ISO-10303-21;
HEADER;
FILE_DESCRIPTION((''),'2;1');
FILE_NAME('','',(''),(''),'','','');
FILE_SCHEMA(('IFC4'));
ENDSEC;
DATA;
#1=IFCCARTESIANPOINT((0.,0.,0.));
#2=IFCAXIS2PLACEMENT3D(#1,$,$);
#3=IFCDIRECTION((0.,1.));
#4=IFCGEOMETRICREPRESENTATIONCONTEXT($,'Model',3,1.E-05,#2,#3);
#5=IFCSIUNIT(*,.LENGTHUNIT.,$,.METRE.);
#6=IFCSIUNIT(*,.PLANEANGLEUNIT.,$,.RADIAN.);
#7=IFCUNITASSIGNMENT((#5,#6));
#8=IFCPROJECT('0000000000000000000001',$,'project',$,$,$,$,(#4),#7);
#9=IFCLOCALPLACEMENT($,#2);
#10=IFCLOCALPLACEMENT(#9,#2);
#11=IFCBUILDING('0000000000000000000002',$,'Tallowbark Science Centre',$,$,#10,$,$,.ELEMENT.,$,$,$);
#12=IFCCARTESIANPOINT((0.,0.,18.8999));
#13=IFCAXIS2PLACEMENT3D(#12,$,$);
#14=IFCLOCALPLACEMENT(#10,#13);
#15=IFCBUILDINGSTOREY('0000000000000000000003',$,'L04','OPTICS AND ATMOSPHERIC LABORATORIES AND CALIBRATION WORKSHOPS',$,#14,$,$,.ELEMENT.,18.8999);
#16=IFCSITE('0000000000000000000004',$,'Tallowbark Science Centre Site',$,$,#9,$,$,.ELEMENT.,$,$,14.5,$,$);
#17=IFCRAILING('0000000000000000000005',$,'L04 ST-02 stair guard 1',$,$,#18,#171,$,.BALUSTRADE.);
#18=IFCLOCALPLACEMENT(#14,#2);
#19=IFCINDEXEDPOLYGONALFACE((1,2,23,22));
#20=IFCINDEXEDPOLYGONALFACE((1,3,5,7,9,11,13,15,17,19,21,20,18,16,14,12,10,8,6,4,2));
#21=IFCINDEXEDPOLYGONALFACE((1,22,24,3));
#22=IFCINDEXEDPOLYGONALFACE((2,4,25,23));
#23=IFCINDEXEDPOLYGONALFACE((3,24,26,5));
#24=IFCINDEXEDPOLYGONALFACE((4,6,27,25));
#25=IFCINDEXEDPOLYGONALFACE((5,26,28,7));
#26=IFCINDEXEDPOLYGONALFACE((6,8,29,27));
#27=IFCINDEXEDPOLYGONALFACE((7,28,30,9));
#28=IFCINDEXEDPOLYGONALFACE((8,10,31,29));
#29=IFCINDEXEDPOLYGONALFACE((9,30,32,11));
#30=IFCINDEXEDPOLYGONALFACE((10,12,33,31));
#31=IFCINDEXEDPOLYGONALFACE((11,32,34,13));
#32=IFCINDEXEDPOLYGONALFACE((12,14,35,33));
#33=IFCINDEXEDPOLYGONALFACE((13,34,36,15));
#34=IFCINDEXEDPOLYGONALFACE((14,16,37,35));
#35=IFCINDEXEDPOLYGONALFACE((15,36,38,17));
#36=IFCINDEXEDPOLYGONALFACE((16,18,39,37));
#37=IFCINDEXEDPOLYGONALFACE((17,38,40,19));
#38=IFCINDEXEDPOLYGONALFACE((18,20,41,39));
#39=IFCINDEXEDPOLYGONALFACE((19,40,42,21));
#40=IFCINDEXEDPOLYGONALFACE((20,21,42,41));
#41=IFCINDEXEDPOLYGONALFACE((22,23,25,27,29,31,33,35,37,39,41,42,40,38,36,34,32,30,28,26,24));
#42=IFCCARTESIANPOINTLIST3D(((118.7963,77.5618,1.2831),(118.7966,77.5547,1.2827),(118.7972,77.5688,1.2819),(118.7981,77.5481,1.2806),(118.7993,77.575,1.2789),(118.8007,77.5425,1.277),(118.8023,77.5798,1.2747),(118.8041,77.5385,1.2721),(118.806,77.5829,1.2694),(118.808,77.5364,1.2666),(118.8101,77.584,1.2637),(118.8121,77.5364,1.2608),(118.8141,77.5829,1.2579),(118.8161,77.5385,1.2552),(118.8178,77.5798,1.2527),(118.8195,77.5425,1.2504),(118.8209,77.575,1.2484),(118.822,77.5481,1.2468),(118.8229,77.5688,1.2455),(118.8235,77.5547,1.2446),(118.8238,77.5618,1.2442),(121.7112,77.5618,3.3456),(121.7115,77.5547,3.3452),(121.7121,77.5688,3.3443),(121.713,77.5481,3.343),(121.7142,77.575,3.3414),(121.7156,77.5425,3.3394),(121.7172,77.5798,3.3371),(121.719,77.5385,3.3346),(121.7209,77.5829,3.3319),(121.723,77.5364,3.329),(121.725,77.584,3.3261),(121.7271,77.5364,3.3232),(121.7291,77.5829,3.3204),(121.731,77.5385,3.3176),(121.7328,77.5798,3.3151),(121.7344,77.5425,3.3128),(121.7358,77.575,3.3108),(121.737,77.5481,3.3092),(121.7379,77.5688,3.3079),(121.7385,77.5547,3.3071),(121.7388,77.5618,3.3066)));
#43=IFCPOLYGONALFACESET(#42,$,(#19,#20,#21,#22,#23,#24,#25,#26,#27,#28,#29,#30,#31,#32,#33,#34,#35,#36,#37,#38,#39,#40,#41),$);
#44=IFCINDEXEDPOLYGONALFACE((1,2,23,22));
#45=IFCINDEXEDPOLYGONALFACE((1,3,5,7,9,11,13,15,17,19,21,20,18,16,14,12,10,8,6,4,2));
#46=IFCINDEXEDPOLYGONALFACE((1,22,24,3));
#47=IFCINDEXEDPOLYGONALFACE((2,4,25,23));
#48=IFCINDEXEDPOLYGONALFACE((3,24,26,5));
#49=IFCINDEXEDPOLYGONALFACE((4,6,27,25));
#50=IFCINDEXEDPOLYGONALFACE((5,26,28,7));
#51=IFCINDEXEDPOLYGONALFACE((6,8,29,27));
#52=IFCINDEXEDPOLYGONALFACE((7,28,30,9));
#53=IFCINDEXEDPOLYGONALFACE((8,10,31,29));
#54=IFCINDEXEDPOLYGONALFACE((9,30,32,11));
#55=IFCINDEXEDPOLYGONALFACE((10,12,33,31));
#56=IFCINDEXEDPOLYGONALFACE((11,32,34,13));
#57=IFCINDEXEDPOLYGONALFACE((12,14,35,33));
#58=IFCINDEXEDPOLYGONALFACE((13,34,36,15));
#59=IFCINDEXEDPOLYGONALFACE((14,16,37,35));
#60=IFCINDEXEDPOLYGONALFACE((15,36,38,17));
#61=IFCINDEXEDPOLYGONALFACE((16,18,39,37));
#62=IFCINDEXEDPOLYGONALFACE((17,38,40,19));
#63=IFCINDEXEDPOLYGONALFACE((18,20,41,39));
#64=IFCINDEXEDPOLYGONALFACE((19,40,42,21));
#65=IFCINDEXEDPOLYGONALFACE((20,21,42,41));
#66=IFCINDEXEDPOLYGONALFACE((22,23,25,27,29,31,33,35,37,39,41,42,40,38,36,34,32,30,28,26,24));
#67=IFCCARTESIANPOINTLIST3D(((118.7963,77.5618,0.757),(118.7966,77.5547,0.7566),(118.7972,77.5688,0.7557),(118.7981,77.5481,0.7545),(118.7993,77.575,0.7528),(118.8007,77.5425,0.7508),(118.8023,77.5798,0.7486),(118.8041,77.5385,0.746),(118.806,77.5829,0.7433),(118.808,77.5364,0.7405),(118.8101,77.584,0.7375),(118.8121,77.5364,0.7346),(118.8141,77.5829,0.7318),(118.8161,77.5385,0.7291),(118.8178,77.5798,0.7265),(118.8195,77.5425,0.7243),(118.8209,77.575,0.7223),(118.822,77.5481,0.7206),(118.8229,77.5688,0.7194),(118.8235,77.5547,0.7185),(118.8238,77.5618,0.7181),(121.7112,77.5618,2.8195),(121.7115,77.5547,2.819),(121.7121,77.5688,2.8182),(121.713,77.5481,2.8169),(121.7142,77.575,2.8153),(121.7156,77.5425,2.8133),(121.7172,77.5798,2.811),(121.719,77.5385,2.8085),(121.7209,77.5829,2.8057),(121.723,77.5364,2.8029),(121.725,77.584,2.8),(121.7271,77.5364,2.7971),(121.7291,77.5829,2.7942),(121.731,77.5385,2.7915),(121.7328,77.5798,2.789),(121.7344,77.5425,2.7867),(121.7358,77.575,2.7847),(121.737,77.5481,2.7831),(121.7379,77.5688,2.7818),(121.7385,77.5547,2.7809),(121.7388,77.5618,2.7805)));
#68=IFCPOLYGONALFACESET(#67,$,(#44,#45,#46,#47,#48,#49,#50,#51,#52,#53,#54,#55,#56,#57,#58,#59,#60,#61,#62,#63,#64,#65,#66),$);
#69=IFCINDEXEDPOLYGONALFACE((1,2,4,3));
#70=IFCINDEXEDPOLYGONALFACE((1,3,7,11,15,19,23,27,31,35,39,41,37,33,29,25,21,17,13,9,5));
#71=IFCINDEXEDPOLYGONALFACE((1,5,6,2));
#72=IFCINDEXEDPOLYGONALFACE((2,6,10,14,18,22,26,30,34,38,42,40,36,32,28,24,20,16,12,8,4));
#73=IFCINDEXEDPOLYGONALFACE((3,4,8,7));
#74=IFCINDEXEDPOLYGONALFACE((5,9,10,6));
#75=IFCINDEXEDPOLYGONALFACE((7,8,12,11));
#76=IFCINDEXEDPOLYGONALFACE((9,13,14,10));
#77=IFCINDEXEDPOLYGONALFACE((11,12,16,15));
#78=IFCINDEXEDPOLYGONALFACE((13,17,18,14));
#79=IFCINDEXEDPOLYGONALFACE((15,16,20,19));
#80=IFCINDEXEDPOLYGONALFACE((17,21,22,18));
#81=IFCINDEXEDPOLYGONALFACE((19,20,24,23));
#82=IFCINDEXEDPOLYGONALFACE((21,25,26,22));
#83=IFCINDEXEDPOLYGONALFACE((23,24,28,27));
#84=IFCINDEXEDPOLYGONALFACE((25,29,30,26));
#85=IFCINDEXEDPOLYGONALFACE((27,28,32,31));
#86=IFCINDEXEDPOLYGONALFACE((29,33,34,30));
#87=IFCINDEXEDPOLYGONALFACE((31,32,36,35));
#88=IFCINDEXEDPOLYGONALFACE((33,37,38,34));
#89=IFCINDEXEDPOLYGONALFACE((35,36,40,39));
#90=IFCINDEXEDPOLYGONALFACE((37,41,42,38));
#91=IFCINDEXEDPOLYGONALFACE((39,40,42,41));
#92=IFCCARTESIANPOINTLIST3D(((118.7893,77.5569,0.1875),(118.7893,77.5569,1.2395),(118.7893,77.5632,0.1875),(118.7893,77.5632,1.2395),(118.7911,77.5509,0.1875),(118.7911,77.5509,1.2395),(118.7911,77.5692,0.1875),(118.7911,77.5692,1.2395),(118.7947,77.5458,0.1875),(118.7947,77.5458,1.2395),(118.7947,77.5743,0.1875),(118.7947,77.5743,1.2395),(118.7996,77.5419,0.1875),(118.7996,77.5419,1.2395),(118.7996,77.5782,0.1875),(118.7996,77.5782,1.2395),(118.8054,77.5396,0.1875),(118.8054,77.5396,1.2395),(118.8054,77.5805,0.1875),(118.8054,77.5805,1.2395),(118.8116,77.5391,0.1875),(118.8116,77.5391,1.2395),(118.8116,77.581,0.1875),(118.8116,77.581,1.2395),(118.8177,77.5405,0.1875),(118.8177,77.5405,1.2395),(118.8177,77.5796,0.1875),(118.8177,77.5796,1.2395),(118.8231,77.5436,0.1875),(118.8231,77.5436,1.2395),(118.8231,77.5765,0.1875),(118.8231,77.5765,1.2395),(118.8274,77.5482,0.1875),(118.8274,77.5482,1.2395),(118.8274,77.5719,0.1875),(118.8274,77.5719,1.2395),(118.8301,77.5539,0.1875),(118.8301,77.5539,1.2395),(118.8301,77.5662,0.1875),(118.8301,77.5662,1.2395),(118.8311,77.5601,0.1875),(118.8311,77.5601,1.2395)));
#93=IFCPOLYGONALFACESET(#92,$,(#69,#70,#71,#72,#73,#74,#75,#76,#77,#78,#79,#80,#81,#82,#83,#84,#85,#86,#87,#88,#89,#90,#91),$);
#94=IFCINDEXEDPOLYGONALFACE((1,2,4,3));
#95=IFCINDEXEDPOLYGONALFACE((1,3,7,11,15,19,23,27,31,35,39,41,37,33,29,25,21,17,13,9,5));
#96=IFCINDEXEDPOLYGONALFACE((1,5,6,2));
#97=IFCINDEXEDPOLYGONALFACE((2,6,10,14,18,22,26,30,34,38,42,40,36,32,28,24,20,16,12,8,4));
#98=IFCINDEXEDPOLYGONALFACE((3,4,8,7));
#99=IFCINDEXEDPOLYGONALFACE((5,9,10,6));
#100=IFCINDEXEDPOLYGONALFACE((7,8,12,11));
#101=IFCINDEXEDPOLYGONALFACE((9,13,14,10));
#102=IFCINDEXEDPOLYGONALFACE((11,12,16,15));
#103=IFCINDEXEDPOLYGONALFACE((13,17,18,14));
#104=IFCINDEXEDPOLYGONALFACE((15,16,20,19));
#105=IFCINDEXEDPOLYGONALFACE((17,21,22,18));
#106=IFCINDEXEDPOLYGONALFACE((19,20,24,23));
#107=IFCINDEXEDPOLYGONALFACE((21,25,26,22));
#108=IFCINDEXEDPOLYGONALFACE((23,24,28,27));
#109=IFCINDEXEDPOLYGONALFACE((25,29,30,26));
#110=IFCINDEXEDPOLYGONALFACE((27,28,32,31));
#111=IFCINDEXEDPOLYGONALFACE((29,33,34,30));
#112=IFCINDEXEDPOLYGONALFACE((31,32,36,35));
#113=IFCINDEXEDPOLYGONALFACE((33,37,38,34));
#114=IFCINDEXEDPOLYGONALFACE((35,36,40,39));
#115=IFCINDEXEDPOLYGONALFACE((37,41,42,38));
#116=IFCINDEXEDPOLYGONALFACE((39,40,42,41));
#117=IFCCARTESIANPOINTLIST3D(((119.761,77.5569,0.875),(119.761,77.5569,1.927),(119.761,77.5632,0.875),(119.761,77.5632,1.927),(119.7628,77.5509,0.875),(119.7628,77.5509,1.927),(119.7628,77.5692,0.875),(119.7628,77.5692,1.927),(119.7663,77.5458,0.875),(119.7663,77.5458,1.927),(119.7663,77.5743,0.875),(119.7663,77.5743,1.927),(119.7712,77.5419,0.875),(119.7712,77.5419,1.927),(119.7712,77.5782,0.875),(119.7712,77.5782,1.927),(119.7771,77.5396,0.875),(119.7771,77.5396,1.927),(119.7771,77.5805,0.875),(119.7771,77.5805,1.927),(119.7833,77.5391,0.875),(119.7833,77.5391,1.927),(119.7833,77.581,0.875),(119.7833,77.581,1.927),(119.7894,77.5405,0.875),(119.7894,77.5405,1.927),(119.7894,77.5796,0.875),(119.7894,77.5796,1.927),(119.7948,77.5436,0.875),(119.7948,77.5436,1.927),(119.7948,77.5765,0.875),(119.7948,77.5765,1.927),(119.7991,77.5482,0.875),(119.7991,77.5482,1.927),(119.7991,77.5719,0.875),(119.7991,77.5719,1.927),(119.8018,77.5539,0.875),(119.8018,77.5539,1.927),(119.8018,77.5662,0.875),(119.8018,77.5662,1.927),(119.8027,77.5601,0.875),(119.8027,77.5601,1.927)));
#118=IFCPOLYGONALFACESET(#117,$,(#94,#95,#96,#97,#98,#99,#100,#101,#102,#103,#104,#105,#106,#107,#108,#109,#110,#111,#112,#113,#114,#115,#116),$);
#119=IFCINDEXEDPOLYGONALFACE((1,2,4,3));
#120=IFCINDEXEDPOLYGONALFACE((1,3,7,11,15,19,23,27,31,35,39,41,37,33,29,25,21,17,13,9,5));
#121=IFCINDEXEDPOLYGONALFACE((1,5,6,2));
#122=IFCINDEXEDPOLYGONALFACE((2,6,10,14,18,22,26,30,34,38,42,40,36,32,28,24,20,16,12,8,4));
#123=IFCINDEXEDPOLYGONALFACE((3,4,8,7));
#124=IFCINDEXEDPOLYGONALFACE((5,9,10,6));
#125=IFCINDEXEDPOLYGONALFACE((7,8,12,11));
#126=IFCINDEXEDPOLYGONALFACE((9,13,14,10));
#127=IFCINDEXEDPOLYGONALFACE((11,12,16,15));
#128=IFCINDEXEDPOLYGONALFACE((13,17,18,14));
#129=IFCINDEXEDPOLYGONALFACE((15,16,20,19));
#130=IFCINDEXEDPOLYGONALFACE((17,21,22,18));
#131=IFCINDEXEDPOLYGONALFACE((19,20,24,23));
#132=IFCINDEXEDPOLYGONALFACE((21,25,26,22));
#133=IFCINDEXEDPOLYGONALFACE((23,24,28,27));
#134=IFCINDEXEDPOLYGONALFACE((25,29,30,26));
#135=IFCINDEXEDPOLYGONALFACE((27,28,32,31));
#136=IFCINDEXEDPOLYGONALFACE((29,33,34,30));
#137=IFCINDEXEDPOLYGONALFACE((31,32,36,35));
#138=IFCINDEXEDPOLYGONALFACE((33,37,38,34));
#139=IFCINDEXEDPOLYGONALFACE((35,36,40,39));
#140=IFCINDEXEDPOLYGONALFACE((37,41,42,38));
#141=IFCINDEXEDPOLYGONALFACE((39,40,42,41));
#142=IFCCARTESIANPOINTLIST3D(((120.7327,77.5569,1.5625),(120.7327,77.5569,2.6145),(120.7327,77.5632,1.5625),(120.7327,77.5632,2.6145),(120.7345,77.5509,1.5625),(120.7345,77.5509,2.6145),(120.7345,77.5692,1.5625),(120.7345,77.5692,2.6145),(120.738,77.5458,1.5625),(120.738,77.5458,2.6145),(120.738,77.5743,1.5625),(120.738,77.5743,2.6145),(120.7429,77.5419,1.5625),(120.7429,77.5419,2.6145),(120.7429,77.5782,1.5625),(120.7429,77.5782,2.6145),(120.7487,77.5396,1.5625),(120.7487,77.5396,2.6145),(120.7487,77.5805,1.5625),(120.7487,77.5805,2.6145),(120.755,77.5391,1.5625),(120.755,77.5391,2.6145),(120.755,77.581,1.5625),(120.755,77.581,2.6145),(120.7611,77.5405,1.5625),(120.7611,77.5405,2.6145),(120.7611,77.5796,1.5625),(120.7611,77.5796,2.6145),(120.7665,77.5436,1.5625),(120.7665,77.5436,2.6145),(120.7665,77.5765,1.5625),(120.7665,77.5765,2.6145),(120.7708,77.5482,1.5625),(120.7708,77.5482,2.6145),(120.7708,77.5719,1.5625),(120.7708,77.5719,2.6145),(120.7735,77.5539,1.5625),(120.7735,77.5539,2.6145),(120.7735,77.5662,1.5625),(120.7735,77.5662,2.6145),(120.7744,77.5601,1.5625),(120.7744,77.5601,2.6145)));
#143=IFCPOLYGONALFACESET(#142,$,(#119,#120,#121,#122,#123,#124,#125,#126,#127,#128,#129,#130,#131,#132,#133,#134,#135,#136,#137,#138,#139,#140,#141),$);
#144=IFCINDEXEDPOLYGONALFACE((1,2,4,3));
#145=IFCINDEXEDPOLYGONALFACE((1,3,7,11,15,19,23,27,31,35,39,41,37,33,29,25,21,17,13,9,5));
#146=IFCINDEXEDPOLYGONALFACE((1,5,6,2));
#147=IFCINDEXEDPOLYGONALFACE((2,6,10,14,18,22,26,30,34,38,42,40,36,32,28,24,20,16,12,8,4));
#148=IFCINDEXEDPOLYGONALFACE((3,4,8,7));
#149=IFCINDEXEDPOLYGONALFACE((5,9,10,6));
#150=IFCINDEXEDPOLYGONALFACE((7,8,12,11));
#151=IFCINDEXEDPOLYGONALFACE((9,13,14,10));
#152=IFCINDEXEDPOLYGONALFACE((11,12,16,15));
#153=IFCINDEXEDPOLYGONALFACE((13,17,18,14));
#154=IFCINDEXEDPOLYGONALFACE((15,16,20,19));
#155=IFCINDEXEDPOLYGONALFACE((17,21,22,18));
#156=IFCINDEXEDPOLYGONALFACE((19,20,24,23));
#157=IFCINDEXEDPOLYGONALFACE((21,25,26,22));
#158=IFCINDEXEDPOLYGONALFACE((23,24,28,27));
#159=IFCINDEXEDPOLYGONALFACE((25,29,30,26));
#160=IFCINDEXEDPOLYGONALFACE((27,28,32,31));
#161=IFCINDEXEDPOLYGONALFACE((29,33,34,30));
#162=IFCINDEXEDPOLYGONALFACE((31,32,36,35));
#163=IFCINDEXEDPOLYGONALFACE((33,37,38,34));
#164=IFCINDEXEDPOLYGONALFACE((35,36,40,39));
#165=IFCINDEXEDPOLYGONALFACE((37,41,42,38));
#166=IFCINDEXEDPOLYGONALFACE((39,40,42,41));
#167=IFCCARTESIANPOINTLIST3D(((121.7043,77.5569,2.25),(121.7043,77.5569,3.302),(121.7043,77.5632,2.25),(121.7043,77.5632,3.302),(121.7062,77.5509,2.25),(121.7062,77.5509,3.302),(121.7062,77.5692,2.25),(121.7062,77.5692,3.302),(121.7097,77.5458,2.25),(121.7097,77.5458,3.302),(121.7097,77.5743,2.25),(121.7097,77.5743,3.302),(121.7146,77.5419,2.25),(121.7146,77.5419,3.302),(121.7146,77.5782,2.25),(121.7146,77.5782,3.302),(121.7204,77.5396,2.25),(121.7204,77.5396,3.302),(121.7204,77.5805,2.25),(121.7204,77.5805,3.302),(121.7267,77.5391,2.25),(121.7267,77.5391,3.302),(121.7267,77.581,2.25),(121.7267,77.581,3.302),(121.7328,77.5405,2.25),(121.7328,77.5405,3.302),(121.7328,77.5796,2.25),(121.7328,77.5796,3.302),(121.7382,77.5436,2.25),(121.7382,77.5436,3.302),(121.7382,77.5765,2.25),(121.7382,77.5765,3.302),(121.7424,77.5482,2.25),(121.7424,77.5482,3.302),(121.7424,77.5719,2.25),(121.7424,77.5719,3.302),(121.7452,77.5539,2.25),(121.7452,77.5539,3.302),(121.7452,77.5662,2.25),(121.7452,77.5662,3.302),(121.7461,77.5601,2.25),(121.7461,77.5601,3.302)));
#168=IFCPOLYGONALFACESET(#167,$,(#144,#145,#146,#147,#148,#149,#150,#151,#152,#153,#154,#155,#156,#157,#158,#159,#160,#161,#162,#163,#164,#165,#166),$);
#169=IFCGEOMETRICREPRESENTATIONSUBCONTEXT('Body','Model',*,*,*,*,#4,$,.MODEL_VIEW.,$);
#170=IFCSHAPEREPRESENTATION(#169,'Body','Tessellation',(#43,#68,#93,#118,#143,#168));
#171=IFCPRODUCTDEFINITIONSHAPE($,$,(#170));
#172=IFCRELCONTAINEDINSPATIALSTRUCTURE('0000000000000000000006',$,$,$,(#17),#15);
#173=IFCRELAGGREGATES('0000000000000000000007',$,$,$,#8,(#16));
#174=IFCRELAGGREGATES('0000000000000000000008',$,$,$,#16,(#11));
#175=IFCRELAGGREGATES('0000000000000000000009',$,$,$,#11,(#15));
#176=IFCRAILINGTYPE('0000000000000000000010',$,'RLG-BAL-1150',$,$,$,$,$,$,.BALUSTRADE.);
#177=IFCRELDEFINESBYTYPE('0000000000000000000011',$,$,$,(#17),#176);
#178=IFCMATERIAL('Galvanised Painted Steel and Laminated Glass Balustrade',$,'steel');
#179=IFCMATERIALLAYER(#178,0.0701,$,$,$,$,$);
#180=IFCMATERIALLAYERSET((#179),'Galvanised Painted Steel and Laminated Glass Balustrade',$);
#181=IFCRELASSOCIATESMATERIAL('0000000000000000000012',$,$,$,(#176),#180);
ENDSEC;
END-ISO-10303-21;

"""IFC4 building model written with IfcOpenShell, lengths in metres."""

from ifc_helpers import new_model, si_unit, direction, frame, origin, origin_2d, place, context, subcontext, project, spatial, circle, extrude, material, layer, layer_set, type_object, element, save


model = new_model("IFC4")

# Units and contexts
model_context = context("Model", 3, precision=1e-05, world=origin(), true_north=direction((0.0, 1.0)))
body_context = subcontext(model_context, "Body", "Model", "MODEL_VIEW")
ifc_project = project(units=[si_unit("LENGTHUNIT", "METRE"), si_unit("PLANEANGLEUNIT", "RADIAN")], contexts=[model_context])

# Site, building, storey
site_placement = place(None, origin())
site = spatial("IfcSite", under=ifc_project, at=site_placement, Name="Tallowbark Science Centre Site", CompositionType="ELEMENT", RefElevation=14.5)
building_placement = place(site_placement, origin())
building = spatial("IfcBuilding", under=site, at=building_placement, Name="Tallowbark Science Centre", CompositionType="ELEMENT")
storey_placement = place(building_placement, frame((0.0, 0.0, 18.8999)))
storey = spatial("IfcBuildingStorey", under=building, at=storey_placement, Name="L04", Description="OPTICS AND ATMOSPHERIC LABORATORIES AND CALIBRATION WORKSHOPS", CompositionType="ELEMENT", Elevation=18.8999)

# Railing
ifc_material_1 = material(Name="Galvanised Painted Steel and Laminated Glass Balustrade", Category="steel")
ifc_layer_1 = layer(ifc_material_1, 0.0701)
ifc_layer_set_1 = layer_set([ifc_layer_1], Name="Galvanised Painted Steel and Laminated Glass Balustrade")
railing_type = type_object("IfcRailingType", Name="RLG-BAL-1150", PredefinedType="BALUSTRADE", material=ifc_layer_set_1)
railing_1_placement = place(storey_placement, frame((118.8101, 77.5601, 0.1875)))
element("IfcRailing", 1, at=railing_1_placement, inside=storey, type_object=railing_type, Name="L04 ST-02 stair guard 1", PredefinedType="BALUSTRADE", context=body_context, shape_type="SweptSolid", body=[
    extrude(circle(Radius=0.0239, at=origin_2d()), frame((0.0, 0.0, 1.0762), z_axis=(0.816331, 0.0, 0.577585), x_axis=(0.0, 1.0, 0.0)), (0.0, 0.0, 1.0), 3.5708),
    extrude(circle(Radius=0.0239, at=origin_2d()), frame((0.0, 0.0, 0.55), z_axis=(0.816331, 0.0, 0.577585), x_axis=(0.0, 1.0, 0.0)), (0.0, 0.0, 1.0), 3.5708),
    extrude(circle(Radius=0.021, at=origin_2d()), origin(), (0.0, 0.0, 1.0), 1.052),
    extrude(circle(Radius=0.021, at=origin_2d()), frame((0.9717, 0.0, 0.6875)), (0.0, 0.0, 1.0), 1.052),
    extrude(circle(Radius=0.021, at=origin_2d()), frame((1.9434, 0.0, 1.375)), (0.0, 0.0, 1.0), 1.052),
    extrude(circle(Radius=0.021, at=origin_2d()), frame((2.915, 0.0, 2.0625)), (0.0, 0.0, 1.0), 1.052),
])

save(model, "model.ifc")
